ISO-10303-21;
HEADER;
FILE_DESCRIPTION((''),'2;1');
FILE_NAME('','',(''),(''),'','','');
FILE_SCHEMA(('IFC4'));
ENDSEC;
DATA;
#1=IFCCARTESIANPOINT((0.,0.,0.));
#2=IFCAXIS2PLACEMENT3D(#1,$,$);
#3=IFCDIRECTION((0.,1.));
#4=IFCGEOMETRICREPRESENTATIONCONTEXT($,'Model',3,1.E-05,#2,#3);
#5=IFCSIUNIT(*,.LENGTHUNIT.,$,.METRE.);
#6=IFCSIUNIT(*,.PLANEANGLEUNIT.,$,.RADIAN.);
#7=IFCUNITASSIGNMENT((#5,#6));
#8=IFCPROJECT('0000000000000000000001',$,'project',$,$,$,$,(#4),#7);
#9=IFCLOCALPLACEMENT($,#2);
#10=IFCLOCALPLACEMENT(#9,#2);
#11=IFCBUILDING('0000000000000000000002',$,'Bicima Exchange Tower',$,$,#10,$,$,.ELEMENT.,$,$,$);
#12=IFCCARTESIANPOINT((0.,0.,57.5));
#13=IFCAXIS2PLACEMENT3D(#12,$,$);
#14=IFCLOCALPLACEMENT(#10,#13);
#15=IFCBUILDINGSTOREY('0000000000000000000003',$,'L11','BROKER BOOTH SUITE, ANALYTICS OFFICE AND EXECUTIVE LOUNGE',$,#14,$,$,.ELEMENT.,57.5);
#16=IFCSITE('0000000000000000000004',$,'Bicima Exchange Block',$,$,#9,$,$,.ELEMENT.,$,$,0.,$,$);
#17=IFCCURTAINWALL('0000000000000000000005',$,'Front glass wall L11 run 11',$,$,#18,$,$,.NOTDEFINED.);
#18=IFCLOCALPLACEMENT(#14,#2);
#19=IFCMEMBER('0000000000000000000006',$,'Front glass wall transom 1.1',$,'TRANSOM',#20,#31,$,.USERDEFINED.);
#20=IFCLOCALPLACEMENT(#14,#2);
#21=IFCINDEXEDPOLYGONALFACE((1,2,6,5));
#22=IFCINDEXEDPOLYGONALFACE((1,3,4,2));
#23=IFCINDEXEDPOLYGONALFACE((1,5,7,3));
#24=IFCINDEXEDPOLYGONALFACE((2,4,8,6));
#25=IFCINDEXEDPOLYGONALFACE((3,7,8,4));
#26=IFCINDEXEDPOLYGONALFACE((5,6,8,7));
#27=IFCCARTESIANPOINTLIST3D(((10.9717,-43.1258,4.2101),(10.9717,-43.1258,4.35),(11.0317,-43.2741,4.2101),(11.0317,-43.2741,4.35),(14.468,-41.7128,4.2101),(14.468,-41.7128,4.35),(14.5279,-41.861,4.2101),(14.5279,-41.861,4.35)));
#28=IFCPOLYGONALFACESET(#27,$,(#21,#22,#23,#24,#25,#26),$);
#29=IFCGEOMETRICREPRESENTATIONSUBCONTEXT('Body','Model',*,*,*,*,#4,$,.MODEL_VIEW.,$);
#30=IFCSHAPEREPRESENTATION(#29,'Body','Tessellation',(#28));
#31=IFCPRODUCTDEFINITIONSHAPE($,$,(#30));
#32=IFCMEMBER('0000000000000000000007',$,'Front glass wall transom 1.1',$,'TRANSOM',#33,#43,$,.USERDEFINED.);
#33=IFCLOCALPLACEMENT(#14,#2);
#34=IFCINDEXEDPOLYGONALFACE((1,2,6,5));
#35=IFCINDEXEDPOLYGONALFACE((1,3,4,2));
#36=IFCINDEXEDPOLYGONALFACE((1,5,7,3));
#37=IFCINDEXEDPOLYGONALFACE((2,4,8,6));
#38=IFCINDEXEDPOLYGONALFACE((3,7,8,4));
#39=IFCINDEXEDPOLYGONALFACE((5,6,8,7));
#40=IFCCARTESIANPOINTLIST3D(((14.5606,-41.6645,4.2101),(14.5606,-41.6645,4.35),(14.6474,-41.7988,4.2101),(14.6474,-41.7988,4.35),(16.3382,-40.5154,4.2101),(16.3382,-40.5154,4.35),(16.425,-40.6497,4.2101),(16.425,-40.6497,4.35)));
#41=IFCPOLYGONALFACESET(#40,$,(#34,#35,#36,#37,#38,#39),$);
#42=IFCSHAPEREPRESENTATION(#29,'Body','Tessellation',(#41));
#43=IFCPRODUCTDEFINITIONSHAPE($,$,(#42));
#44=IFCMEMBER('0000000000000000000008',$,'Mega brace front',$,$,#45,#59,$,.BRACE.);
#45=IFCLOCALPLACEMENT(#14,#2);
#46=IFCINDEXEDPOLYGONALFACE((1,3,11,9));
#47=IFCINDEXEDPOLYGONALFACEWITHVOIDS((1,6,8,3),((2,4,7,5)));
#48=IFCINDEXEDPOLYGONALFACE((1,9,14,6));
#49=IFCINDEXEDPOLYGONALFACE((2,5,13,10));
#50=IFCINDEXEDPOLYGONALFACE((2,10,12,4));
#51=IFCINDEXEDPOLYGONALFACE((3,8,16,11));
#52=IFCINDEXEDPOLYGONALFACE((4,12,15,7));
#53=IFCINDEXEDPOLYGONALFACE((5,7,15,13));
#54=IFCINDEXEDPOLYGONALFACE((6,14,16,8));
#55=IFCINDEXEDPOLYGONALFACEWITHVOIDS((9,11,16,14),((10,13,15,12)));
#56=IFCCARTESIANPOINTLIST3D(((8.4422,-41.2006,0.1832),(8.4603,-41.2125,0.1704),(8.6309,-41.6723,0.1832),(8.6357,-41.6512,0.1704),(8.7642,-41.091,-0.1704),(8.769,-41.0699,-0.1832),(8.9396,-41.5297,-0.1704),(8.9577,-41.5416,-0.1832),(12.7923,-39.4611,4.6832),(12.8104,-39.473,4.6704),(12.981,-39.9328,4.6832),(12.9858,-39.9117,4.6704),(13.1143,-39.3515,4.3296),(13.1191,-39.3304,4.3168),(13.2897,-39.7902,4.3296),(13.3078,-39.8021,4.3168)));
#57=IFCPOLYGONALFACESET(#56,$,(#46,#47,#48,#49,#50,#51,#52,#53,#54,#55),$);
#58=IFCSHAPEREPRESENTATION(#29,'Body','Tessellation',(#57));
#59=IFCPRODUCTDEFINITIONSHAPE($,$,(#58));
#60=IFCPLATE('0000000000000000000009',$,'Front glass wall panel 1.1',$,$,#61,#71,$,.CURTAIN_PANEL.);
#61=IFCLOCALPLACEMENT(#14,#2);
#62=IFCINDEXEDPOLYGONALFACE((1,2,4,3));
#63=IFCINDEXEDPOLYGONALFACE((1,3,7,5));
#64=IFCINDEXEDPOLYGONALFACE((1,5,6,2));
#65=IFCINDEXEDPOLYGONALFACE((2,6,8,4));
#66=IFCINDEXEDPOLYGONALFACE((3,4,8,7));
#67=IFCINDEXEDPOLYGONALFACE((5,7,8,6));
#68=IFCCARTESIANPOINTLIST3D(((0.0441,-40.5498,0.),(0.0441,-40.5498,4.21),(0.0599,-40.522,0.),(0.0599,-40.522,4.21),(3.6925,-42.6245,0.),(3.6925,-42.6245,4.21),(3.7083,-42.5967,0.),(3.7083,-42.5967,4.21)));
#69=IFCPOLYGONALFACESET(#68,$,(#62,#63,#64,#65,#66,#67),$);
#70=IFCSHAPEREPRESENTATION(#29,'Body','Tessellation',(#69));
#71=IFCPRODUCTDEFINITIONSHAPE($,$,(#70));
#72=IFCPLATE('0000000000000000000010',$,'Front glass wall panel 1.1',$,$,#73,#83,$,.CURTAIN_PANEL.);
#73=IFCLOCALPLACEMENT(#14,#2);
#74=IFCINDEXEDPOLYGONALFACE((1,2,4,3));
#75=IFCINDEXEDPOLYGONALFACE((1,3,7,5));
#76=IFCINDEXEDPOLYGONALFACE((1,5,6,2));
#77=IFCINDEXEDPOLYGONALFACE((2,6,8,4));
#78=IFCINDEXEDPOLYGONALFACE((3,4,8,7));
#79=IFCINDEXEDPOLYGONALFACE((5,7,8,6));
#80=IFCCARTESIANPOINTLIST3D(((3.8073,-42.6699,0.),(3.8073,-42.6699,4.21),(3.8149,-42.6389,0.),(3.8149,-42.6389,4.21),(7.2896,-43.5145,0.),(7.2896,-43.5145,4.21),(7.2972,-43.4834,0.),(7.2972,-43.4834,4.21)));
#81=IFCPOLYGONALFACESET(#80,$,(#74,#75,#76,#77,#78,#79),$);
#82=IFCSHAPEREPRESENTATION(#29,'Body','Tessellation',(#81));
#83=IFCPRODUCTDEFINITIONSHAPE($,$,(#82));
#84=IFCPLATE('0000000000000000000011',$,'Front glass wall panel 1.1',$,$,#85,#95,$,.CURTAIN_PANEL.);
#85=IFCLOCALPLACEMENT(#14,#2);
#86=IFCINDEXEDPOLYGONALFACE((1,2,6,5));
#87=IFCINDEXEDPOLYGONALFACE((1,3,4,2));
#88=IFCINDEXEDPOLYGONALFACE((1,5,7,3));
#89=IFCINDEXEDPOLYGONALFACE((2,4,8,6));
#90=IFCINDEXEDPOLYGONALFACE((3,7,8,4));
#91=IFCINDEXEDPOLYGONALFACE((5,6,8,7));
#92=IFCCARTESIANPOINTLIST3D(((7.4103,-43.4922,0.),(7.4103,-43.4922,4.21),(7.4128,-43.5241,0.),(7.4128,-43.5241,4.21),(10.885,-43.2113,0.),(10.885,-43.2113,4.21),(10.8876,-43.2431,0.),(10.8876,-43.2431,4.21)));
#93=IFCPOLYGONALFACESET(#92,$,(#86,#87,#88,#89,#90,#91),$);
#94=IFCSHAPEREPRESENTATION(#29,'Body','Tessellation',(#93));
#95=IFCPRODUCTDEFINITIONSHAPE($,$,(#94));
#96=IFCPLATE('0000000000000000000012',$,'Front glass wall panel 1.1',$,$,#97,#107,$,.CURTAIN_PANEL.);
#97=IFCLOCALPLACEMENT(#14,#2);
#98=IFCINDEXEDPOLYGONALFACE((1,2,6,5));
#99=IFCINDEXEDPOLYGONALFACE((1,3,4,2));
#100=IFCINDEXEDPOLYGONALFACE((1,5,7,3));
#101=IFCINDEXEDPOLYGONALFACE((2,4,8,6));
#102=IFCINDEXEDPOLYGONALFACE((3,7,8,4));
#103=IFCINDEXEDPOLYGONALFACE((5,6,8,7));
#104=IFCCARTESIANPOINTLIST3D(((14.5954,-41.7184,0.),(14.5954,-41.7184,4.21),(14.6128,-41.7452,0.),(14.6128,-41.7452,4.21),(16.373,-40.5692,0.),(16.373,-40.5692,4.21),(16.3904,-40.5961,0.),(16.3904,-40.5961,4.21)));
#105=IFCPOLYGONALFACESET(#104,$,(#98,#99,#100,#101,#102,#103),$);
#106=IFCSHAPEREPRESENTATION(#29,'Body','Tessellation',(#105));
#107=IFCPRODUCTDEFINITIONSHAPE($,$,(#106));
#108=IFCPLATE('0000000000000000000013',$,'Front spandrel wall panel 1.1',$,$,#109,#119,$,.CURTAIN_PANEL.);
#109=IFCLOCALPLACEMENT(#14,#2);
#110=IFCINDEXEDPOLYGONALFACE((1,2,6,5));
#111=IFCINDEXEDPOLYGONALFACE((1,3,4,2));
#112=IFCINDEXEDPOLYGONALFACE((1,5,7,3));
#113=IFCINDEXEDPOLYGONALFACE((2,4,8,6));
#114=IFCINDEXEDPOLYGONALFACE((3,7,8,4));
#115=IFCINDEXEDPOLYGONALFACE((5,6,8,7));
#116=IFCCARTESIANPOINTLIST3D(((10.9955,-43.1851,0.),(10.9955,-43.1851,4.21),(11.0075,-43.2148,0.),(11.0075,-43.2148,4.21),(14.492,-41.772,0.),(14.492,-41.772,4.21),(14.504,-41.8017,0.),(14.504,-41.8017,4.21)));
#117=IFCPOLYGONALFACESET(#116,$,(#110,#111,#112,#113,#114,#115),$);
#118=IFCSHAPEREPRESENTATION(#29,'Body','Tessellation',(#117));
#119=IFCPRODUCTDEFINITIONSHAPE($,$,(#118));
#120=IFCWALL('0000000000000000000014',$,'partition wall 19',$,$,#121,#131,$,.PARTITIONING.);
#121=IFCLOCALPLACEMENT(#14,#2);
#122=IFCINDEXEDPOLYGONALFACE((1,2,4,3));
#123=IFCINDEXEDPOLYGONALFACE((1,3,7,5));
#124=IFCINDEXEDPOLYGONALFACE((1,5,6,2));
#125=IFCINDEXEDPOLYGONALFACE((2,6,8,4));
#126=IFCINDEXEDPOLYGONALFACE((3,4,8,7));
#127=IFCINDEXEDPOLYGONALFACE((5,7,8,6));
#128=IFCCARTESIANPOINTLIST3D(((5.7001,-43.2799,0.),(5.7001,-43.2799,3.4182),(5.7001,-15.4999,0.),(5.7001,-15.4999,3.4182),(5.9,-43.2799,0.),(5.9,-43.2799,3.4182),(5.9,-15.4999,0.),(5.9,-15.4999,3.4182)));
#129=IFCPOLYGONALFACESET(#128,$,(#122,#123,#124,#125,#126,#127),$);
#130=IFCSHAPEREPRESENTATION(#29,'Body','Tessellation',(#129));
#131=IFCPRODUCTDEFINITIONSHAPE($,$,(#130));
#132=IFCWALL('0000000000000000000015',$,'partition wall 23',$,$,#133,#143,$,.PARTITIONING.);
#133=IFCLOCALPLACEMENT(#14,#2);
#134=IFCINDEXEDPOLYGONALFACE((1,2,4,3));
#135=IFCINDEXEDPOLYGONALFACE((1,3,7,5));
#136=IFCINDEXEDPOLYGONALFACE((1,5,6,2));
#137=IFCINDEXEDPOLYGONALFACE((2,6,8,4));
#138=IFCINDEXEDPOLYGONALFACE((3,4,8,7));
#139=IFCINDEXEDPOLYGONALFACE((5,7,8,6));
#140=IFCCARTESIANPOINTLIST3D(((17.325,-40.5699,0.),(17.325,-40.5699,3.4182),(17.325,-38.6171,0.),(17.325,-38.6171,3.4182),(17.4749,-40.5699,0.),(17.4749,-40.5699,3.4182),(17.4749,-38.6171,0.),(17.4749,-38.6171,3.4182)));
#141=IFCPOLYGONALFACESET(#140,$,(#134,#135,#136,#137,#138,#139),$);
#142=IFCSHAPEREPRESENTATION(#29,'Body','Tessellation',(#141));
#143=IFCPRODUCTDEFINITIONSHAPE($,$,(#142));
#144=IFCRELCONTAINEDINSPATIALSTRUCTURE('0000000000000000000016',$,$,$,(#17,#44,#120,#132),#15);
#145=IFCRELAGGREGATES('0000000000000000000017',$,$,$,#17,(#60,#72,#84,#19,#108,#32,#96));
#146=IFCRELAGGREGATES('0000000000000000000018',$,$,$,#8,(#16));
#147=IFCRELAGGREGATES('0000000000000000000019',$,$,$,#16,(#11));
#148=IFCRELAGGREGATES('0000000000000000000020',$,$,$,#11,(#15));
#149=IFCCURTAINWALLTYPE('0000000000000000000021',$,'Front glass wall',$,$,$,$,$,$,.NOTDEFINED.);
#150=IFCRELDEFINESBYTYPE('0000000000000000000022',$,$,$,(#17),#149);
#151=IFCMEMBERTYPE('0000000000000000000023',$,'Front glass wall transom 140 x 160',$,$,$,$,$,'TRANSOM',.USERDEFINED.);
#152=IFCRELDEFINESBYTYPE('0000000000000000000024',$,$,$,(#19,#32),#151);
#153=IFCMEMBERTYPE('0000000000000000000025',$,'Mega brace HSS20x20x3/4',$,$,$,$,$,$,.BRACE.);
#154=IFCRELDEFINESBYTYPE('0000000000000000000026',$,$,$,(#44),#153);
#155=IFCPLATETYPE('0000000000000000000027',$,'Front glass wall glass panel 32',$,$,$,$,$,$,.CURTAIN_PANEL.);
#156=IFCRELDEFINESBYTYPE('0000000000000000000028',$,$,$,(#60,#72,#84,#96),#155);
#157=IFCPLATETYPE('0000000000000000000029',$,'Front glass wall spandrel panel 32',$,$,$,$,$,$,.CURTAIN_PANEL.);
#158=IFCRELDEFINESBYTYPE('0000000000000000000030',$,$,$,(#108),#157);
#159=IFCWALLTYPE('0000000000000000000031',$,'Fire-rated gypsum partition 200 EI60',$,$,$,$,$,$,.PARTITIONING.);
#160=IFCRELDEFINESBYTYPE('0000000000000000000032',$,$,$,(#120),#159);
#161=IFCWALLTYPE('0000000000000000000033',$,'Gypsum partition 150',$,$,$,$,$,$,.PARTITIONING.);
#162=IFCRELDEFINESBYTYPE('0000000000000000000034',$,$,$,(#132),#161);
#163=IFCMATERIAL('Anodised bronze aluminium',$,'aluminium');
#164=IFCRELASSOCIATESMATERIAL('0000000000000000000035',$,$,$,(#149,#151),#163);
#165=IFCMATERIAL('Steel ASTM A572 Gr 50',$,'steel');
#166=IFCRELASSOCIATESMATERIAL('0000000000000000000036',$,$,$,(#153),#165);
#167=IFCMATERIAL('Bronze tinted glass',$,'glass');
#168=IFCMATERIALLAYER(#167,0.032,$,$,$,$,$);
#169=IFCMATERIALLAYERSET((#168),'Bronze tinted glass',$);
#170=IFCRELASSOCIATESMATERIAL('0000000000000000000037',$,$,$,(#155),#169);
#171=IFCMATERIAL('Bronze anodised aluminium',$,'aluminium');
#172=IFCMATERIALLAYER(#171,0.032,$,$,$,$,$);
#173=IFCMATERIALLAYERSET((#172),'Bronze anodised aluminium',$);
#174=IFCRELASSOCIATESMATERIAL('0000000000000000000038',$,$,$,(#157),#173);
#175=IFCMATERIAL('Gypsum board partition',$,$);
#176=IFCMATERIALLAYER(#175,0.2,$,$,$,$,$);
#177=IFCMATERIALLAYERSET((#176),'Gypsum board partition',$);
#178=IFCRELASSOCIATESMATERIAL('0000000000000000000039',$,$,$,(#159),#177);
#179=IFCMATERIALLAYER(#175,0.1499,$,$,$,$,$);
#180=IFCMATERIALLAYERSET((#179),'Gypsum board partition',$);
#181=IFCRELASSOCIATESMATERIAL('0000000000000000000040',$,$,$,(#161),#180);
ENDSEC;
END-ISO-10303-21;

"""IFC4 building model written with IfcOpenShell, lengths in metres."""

from ifc_helpers import new_model, si_unit, direction, frame, frame_2d, origin, origin_2d, place, context, subcontext, project, spatial, rectangle, hollow_rectangle, extrude, material, layer, layer_set, material_profile, profile_set, type_object, element, aggregate, save


model = new_model("IFC4")

# Units and contexts
model_context = context("Model", 3, precision=1e-05, world=origin(), true_north=direction((0.0, 1.0)))
body_context = subcontext(model_context, "Body", "Model", "MODEL_VIEW")
ifc_project = project(units=[si_unit("LENGTHUNIT", "METRE"), si_unit("PLANEANGLEUNIT", "RADIAN")], contexts=[model_context])

# Site, building, storey
site_placement = place(None, origin())
site = spatial("IfcSite", under=ifc_project, at=site_placement, Name="Bicima Exchange Block", CompositionType="ELEMENT", RefElevation=0.0)
building_placement = place(site_placement, origin())
building = spatial("IfcBuilding", under=site, at=building_placement, Name="Bicima Exchange Tower", CompositionType="ELEMENT")
storey_placement = place(building_placement, frame((0.0, 0.0, 57.5)))
storey = spatial("IfcBuildingStorey", under=building, at=storey_placement, Name="L11", Description="BROKER BOOTH SUITE, ANALYTICS OFFICE AND EXECUTIVE LOUNGE", CompositionType="ELEMENT", Elevation=57.5)

# Curtain wall, members
ifc_material_1 = material(Name="Anodised bronze aluminium", Category="aluminium")
curtain_wall_type = type_object("IfcCurtainWallType", Name="Front glass wall", PredefinedType="NOTDEFINED", material=ifc_material_1)
curtain_wall_placement = place(storey_placement, origin())
curtain_wall = element("IfcCurtainWall", 1, at=curtain_wall_placement, inside=storey, type_object=curtain_wall_type, Name="Front glass wall L11 run 11", PredefinedType="NOTDEFINED")
ifc_material_profile_1 = material_profile(ifc_material_1, rectangle(XDim=0.1599, YDim=0.1399, at=origin_2d()))
ifc_profile_set_1 = profile_set([ifc_material_profile_1], Name="Anodised bronze aluminium")
member_type_1 = type_object("IfcMemberType", Name="Front glass wall transom 140 x 160", ElementType="TRANSOM", PredefinedType="USERDEFINED", material=ifc_profile_set_1)
member_1_placement = place(storey_placement, frame((11.0017, -43.2, 4.28), z_axis=(0.92714, 0.374715, 0.0), x_axis=(-0.374715, 0.92714, 0.0)))
member_1 = element("IfcMember", 2, at=member_1_placement, type_object=member_type_1, Name="Front glass wall transom 1.1", ObjectType="TRANSOM", PredefinedType="USERDEFINED", context=body_context, shape_type="SweptSolid", body=[
    extrude(rectangle(XDim=0.1599, YDim=0.1399, at=origin_2d()), origin(), (0.0, 0.0, 1.0), 3.771),
])
member_2_placement = place(storey_placement, frame((14.604, -41.7317, 4.28), z_axis=(0.839793, 0.542907, 0.0), x_axis=(-0.542907, 0.839793, 0.0)))
member_2 = element("IfcMember", 3, at=member_2_placement, type_object=member_type_1, Name="Front glass wall transom 1.1", ObjectType="TRANSOM", PredefinedType="USERDEFINED", context=body_context, shape_type="SweptSolid", body=[
    extrude(rectangle(XDim=0.1599, YDim=0.1399, at=origin_2d()), origin(), (0.0, 0.0, 1.0), 2.1167),
])

# Member
ifc_material_2 = material(Name="Steel ASTM A572 Gr 50", Category="steel")
ifc_material_profile_2 = material_profile(ifc_material_2, hollow_rectangle(XDim=0.5081, YDim=0.5081, WallThickness=0.0178, at=origin_2d()))
ifc_profile_set_2 = profile_set([ifc_material_profile_2], Name="Steel ASTM A572 Gr 50")
member_type_2 = type_object("IfcMemberType", Name="Mega brace HSS20x20x3/4", PredefinedType="BRACE", material=ifc_profile_set_2)
member_3_placement = place(storey_placement, frame((8.7, -41.3711, 0.0), z_axis=(0.669648, 0.267777, 0.692724), x_axis=(-0.371292, 0.928516, 0.0)))
element("IfcMember", 4, at=member_3_placement, inside=storey, type_object=member_type_2, Name="Mega brace front", PredefinedType="BRACE", context=body_context, shape_type="SweptSolid", body=[
    extrude(hollow_rectangle(XDim=0.5081, YDim=0.5081, WallThickness=0.0178, at=origin_2d()), origin(), (0.0, 0.0, 1.0), 6.4961),
])

# Plates
ifc_material_3 = material(Name="Bronze tinted glass", Category="glass")
ifc_layer_1 = layer(ifc_material_3, 0.032)
ifc_layer_set_1 = layer_set([ifc_layer_1], Name="Bronze tinted glass")
plate_type_1 = type_object("IfcPlateType", Name="Front glass wall glass panel 32", PredefinedType="CURTAIN_PANEL", material=ifc_layer_set_1)
plate_1_placement = place(storey_placement, frame((1.8762, -41.5732, 0.0), z_axis=(0.0, 0.0, 1.0), x_axis=(0.869274, -0.49433, 0.0)))
plate_1 = element("IfcPlate", 5, at=plate_1_placement, type_object=plate_type_1, Name="Front glass wall panel 1.1", PredefinedType="CURTAIN_PANEL", context=body_context, shape_type="SweptSolid", body=[
    extrude(rectangle(XDim=4.197, YDim=0.032, at=origin_2d()), origin(), (0.0, 0.0, 1.0), 4.21),
])
plate_2_placement = place(storey_placement, frame((5.5522, -43.0767, 0.0), z_axis=(0.0, 0.0, 1.0), x_axis=(0.97183, -0.235682, 0.0)))
plate_2 = element("IfcPlate", 6, at=plate_2_placement, type_object=plate_type_1, Name="Front glass wall panel 1.1", PredefinedType="CURTAIN_PANEL", context=body_context, shape_type="SweptSolid", body=[
    extrude(rectangle(XDim=3.5833, YDim=0.032, at=origin_2d()), origin(), (0.0, 0.0, 1.0), 4.21),
])
plate_3_placement = place(storey_placement, frame((9.1489, -43.3677, 0.0), z_axis=(0.0, 0.0, 1.0), x_axis=(0.996747, 0.080589, 0.0)))
plate_3 = element("IfcPlate", 7, at=plate_3_placement, type_object=plate_type_1, Name="Front glass wall panel 1.1", PredefinedType="CURTAIN_PANEL", context=body_context, shape_type="SweptSolid", body=[
    extrude(rectangle(XDim=3.4861, YDim=0.032, at=origin_2d()), origin(), (0.0, 0.0, 1.0), 4.21),
])
plate_4_placement = place(storey_placement, frame((15.4929, -41.1572, 0.0), z_axis=(0.0, 0.0, 1.0), x_axis=(0.839791, 0.542909, 0.0)))
plate_4 = element("IfcPlate", 8, at=plate_4_placement, type_object=plate_type_1, Name="Front glass wall panel 1.1", PredefinedType="CURTAIN_PANEL", context=body_context, shape_type="SweptSolid", body=[
    extrude(rectangle(XDim=2.1167, YDim=0.032, at=origin_2d()), origin(), (0.0, 0.0, 1.0), 4.21),
])
ifc_material_4 = material(Name="Bronze anodised aluminium", Category="aluminium")
ifc_layer_2 = layer(ifc_material_4, 0.032)
ifc_layer_set_2 = layer_set([ifc_layer_2], Name="Bronze anodised aluminium")
plate_type_2 = type_object("IfcPlateType", Name="Front glass wall spandrel panel 32", PredefinedType="CURTAIN_PANEL", material=ifc_layer_set_2)
plate_5_placement = place(storey_placement, frame((12.7498, -42.4934, 0.0), z_axis=(0.0, 0.0, 1.0), x_axis=(0.927144, 0.374705, 0.0)))
plate_5 = element("IfcPlate", 9, at=plate_5_placement, type_object=plate_type_2, Name="Front spandrel wall panel 1.1", PredefinedType="CURTAIN_PANEL", context=body_context, shape_type="SweptSolid", body=[
    extrude(rectangle(XDim=3.7712, YDim=0.032, at=origin_2d()), origin(), (0.0, 0.0, 1.0), 4.21),
])
aggregate(curtain_wall, [plate_1, plate_2, plate_3, member_1, plate_5, member_2, plate_4])

# Walls
ifc_material_5 = material(Name="Gypsum board partition")
ifc_layer_3 = layer(ifc_material_5, 0.2)
ifc_layer_set_3 = layer_set([ifc_layer_3], Name="Gypsum board partition")
wall_type_1 = type_object("IfcWallType", Name="Fire-rated gypsum partition 200 EI60", PredefinedType="PARTITIONING", material=ifc_layer_set_3)
wall_1_placement = place(storey_placement, frame((5.8, -43.28, 0.0), z_axis=(0.0, 0.0, 1.0), x_axis=(0.0, 1.0, 0.0)))
element("IfcWall", 10, at=wall_1_placement, inside=storey, type_object=wall_type_1, Name="partition wall 19", PredefinedType="PARTITIONING", context=body_context, shape_type="SweptSolid", body=[
    extrude(rectangle(XDim=27.78, YDim=0.2, at=frame_2d((13.8901, 0.0))), origin(), (0.0, 0.0, 1.0), 3.4182),
])
ifc_layer_4 = layer(ifc_material_5, 0.1499)
ifc_layer_set_4 = layer_set([ifc_layer_4], Name="Gypsum board partition")
wall_type_2 = type_object("IfcWallType", Name="Gypsum partition 150", PredefinedType="PARTITIONING", material=ifc_layer_set_4)
wall_2_placement = place(storey_placement, frame((17.3999, -40.5701, 0.0), z_axis=(0.0, 0.0, 1.0), x_axis=(0.0, 1.0, 0.0)))
element("IfcWall", 11, at=wall_2_placement, inside=storey, type_object=wall_type_2, Name="partition wall 23", PredefinedType="PARTITIONING", context=body_context, shape_type="SweptSolid", body=[
    extrude(rectangle(XDim=1.9529, YDim=0.1499, at=frame_2d((0.9766, 0.0))), origin(), (0.0, 0.0, 1.0), 3.4182),
])

save(model, "model.ifc")
